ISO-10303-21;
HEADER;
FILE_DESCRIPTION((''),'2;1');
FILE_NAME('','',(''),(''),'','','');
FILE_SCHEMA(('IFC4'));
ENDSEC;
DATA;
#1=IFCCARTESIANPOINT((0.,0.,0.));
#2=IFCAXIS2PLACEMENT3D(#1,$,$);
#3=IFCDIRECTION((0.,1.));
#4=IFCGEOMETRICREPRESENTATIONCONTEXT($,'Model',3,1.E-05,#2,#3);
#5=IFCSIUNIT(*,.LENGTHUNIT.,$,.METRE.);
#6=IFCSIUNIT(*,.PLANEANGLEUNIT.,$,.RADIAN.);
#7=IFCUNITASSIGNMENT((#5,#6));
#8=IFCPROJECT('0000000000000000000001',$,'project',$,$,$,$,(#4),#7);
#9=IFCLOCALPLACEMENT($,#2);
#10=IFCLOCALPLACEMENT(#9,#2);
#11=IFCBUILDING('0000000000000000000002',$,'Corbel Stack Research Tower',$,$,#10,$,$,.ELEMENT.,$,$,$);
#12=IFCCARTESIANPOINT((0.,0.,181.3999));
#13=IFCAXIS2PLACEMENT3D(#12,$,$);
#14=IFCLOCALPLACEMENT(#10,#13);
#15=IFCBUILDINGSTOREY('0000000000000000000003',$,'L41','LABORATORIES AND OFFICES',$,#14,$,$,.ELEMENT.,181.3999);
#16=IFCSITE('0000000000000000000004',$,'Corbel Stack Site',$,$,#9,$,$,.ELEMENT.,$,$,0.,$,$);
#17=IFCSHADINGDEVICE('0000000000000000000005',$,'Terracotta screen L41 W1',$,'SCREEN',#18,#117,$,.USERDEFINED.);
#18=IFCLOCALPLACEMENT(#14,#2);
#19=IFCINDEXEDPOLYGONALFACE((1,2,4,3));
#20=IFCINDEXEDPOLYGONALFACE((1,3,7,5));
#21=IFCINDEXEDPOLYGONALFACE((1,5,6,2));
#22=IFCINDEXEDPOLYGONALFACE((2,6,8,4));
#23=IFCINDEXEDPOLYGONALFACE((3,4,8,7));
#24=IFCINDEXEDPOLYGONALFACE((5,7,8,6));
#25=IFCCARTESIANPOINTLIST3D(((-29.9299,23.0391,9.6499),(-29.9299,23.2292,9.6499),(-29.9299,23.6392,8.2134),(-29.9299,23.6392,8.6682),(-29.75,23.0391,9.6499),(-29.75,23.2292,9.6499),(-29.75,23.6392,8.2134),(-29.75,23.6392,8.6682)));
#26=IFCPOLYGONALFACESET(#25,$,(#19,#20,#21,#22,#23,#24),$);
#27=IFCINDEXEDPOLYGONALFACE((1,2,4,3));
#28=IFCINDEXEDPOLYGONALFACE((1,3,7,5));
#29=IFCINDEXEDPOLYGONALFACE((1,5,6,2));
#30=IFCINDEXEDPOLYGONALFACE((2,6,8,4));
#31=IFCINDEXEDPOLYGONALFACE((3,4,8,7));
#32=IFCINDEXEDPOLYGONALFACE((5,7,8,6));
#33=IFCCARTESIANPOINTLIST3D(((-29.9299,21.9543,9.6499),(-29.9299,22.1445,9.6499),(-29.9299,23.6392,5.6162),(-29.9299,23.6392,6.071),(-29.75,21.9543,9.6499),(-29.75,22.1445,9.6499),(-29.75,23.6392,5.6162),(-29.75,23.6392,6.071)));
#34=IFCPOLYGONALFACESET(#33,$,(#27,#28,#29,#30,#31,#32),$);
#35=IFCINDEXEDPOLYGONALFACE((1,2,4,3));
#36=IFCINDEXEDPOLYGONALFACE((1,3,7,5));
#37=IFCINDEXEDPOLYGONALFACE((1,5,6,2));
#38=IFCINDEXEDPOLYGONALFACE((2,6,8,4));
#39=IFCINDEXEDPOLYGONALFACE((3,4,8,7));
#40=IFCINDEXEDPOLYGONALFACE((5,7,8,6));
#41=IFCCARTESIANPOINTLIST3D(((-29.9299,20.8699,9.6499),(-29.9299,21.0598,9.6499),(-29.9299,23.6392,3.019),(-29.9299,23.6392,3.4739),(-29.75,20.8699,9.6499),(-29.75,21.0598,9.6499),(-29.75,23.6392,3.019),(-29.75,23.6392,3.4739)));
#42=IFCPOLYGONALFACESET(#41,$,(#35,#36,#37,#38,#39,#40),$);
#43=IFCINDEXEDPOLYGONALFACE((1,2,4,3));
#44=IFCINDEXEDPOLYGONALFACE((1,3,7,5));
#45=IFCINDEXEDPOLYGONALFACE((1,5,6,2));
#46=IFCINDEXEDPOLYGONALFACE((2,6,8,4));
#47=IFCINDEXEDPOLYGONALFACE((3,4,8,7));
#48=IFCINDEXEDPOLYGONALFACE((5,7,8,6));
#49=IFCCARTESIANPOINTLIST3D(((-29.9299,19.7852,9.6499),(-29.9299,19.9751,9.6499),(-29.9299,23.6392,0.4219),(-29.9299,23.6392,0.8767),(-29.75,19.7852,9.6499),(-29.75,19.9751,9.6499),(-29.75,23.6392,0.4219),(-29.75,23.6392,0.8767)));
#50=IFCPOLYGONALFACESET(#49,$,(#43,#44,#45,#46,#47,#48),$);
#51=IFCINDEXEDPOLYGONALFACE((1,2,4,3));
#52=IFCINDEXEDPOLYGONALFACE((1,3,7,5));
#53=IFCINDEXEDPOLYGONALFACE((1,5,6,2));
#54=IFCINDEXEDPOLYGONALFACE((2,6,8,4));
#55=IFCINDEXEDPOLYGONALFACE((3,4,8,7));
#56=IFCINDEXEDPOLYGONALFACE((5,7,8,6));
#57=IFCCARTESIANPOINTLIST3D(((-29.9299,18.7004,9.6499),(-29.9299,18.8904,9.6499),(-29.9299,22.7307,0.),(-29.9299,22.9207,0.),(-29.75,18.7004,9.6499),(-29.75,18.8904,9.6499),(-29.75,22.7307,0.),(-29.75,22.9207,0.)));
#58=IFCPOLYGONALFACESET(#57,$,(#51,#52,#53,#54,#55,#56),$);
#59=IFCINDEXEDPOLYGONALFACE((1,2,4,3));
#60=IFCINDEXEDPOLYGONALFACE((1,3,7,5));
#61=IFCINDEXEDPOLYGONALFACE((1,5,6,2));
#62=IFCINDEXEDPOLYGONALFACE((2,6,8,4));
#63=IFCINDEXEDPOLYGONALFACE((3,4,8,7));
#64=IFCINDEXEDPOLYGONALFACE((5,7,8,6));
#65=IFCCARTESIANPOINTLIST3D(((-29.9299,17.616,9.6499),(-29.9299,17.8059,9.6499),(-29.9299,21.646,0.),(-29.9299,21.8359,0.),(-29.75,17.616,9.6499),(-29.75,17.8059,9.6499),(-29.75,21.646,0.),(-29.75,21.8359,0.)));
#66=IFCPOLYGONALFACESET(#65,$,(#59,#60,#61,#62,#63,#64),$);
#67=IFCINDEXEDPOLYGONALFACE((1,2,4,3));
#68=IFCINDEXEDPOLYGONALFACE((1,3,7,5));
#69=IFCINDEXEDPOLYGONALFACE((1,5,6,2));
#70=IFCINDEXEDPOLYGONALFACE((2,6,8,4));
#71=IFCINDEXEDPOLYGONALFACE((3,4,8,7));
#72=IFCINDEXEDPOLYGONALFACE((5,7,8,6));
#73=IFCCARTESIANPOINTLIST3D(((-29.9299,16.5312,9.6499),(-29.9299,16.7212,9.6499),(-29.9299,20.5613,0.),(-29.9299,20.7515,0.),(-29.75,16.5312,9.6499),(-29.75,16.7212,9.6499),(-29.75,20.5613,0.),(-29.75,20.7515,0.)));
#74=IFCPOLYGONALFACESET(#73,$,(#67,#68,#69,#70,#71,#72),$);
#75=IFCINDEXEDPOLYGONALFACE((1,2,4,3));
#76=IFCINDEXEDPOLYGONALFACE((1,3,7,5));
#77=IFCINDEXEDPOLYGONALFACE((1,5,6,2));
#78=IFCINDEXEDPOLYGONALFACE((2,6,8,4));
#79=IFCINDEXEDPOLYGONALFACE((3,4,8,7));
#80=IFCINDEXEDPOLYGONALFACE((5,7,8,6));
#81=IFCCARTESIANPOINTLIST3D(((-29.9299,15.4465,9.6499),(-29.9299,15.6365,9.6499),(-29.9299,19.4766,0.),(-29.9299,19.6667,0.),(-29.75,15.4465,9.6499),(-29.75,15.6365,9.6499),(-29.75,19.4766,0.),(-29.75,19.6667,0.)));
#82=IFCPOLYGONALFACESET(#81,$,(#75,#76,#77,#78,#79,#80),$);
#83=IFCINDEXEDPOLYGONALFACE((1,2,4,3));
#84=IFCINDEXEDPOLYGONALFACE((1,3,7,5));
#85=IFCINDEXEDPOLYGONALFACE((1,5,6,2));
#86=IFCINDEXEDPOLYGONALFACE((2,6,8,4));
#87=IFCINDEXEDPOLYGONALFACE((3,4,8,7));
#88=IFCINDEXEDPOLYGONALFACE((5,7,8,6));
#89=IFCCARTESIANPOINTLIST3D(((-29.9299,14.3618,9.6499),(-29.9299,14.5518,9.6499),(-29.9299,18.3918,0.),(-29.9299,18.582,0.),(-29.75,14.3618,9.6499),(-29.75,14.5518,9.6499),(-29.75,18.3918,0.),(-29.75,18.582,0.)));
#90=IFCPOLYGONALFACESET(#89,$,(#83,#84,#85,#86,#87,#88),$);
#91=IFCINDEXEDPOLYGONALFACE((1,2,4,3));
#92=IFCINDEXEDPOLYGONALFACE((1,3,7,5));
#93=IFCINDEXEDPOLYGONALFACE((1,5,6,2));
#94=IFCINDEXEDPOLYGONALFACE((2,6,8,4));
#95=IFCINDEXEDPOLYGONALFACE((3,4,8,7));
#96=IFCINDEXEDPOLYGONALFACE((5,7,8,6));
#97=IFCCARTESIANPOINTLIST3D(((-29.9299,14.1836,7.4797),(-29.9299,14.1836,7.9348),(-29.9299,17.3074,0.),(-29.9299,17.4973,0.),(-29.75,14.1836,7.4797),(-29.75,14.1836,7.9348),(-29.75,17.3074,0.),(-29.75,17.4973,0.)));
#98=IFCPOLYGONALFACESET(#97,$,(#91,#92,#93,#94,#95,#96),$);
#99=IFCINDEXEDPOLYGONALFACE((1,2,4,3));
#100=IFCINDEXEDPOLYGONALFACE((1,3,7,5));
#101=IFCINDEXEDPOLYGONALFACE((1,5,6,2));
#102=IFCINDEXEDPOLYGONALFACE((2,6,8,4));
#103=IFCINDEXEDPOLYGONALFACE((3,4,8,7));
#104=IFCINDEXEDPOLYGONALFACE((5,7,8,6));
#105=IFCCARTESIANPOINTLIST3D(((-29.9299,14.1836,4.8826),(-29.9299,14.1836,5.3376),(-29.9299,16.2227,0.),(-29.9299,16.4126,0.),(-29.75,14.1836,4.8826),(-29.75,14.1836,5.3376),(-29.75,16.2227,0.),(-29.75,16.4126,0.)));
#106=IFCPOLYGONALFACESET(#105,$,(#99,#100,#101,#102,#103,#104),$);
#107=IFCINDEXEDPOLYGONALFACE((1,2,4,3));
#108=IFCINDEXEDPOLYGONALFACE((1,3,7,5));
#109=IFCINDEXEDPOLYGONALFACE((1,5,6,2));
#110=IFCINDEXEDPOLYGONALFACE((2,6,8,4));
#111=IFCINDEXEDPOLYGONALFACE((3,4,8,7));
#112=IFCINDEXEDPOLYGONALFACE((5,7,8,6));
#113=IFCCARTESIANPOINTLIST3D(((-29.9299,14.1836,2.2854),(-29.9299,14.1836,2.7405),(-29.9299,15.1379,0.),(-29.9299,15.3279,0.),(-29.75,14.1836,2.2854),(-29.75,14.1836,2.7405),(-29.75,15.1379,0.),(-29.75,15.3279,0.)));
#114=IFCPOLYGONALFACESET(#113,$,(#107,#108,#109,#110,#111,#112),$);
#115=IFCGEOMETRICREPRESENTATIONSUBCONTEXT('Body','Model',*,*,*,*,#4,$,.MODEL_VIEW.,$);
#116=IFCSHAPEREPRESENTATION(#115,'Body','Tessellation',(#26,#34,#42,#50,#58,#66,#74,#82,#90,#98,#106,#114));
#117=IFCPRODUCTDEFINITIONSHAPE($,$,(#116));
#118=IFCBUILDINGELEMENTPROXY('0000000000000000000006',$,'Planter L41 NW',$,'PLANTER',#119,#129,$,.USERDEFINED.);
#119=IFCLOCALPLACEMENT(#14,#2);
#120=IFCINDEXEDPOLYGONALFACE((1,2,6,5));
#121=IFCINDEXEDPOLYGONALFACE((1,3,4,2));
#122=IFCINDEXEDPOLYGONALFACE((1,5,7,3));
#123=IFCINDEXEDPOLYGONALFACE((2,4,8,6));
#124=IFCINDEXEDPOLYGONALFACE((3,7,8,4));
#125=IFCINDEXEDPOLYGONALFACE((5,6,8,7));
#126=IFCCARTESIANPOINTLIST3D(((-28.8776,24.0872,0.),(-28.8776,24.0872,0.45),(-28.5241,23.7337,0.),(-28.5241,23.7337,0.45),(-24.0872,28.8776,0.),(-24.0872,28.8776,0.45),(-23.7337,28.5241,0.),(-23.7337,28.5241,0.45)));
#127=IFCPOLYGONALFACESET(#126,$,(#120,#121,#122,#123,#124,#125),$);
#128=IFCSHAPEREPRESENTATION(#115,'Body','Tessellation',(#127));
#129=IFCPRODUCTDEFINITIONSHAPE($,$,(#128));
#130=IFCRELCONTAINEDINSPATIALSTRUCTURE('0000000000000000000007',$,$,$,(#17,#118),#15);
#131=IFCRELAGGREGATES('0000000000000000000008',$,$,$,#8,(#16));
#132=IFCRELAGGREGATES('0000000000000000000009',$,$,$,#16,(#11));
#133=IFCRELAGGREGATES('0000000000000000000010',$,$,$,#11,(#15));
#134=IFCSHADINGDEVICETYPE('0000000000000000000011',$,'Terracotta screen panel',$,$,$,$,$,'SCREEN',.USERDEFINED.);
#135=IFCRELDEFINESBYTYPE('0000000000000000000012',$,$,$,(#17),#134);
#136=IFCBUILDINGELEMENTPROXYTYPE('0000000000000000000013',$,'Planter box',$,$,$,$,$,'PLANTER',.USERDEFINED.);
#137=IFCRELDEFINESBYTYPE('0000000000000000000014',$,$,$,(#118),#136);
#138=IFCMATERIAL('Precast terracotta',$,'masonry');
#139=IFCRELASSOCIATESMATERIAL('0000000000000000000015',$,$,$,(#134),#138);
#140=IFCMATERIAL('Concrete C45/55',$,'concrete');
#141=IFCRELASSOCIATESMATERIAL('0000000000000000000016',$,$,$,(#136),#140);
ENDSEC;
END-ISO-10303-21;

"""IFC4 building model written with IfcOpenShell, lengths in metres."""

from ifc_helpers import new_model, si_unit, direction, frame, origin, origin_2d, place, context, subcontext, project, spatial, polyline, rectangle, outline, extrude, source, transform, mapped, material, type_object, element, save


model = new_model("IFC4")

# Units and contexts
model_context = context("Model", 3, precision=1e-05, world=origin(), true_north=direction((0.0, 1.0)))
body_context = subcontext(model_context, "Body", "Model", "MODEL_VIEW")
ifc_project = project(units=[si_unit("LENGTHUNIT", "METRE"), si_unit("PLANEANGLEUNIT", "RADIAN")], contexts=[model_context])

# Site, building, storey
site_placement = place(None, origin())
site = spatial("IfcSite", under=ifc_project, at=site_placement, Name="Corbel Stack Site", CompositionType="ELEMENT", RefElevation=0.0)
building_placement = place(site_placement, origin())
building = spatial("IfcBuilding", under=site, at=building_placement, Name="Corbel Stack Research Tower", CompositionType="ELEMENT")
storey_placement = place(building_placement, frame((0.0, 0.0, 181.3999)))
storey = spatial("IfcBuildingStorey", under=building, at=storey_placement, Name="L41", Description="LABORATORIES AND OFFICES", CompositionType="ELEMENT", Elevation=181.3999)

# Shading device
ifc_material_1 = material(Name="Precast terracotta", Category="masonry")
shading_device_type = type_object("IfcShadingDeviceType", Name="Terracotta screen panel", ElementType="SCREEN", PredefinedType="USERDEFINED", material=ifc_material_1)
shared_shape_1 = source(origin(), body_context, "Body", "SweptSolid", [
    extrude(outline(polyline([(0.6001, 9.6499), (0.4099, 9.6499), (0.0, 8.6682), (0.0, 8.2134), (0.6001, 9.6499)])), frame((0.0, 0.0, 0.0), z_axis=(0.0, -1.0, 0.0), x_axis=(1.0, 0.0, 0.0)), (0.0, 0.0, 1.0), 0.1799),
    extrude(outline(polyline([(1.6848, 9.6499), (1.4946, 9.6499), (0.0, 6.071), (0.0, 5.6162), (1.6848, 9.6499)])), frame((0.0, 0.0, 0.0), z_axis=(0.0, -1.0, 0.0), x_axis=(1.0, 0.0, 0.0)), (0.0, 0.0, 1.0), 0.1799),
    extrude(outline(polyline([(2.7693, 9.6499), (2.5793, 9.6499), (0.0, 3.4739), (0.0, 3.019), (2.7693, 9.6499)])), frame((0.0, 0.0, 0.0), z_axis=(0.0, -1.0, 0.0), x_axis=(1.0, 0.0, 0.0)), (0.0, 0.0, 1.0), 0.1799),
    extrude(outline(polyline([(3.854, 9.6499), (3.6641, 9.6499), (0.0, 0.8767), (0.0, 0.4219), (3.854, 9.6499)])), frame((0.0, 0.0, 0.0), z_axis=(0.0, -1.0, 0.0), x_axis=(1.0, 0.0, 0.0)), (0.0, 0.0, 1.0), 0.1799),
    extrude(outline(polyline([(0.9084, 0.0), (4.9387, 9.6499), (4.7488, 9.6499), (0.7185, 0.0), (0.9084, 0.0)])), frame((0.0, 0.0, 0.0), z_axis=(0.0, -1.0, 0.0), x_axis=(1.0, 0.0, 0.0)), (0.0, 0.0, 1.0), 0.1799),
    extrude(outline(polyline([(1.9932, 0.0), (6.0232, 9.6499), (5.8333, 9.6499), (1.8032, 0.0), (1.9932, 0.0)])), frame((0.0, 0.0, 0.0), z_axis=(0.0, -1.0, 0.0), x_axis=(1.0, 0.0, 0.0)), (0.0, 0.0, 1.0), 0.1799),
    extrude(outline(polyline([(3.0779, 0.0), (7.1079, 9.6499), (6.918, 9.6499), (2.8877, 0.0), (3.0779, 0.0)])), frame((0.0, 0.0, 0.0), z_axis=(0.0, -1.0, 0.0), x_axis=(1.0, 0.0, 0.0)), (0.0, 0.0, 1.0), 0.1799),
    extrude(outline(polyline([(4.1626, 0.0), (8.1926, 9.6499), (8.0027, 9.6499), (3.9724, 0.0), (4.1626, 0.0)])), frame((0.0, 0.0, 0.0), z_axis=(0.0, -1.0, 0.0), x_axis=(1.0, 0.0, 0.0)), (0.0, 0.0, 1.0), 0.1799),
    extrude(outline(polyline([(5.2473, 0.0), (9.2773, 9.6499), (9.0874, 9.6499), (5.0571, 0.0), (5.2473, 0.0)])), frame((0.0, 0.0, 0.0), z_axis=(0.0, -1.0, 0.0), x_axis=(1.0, 0.0, 0.0)), (0.0, 0.0, 1.0), 0.1799),
    extrude(outline(polyline([(6.3318, 0.0), (9.4556, 7.4797), (9.4556, 7.9348), (6.1418, 0.0), (6.3318, 0.0)])), frame((0.0, 0.0, 0.0), z_axis=(0.0, -1.0, 0.0), x_axis=(1.0, 0.0, 0.0)), (0.0, 0.0, 1.0), 0.1799),
    extrude(outline(polyline([(7.4165, 0.0), (9.4556, 4.8826), (9.4556, 5.3376), (7.2266, 0.0), (7.4165, 0.0)])), frame((0.0, 0.0, 0.0), z_axis=(0.0, -1.0, 0.0), x_axis=(1.0, 0.0, 0.0)), (0.0, 0.0, 1.0), 0.1799),
    extrude(outline(polyline([(8.5012, 0.0), (9.4556, 2.2854), (9.4556, 2.7405), (8.3113, 0.0), (8.5012, 0.0)])), frame((0.0, 0.0, 0.0), z_axis=(0.0, -1.0, 0.0), x_axis=(1.0, 0.0, 0.0)), (0.0, 0.0, 1.0), 0.1799),
])
shading_device_1_placement = place(storey_placement, frame((-29.75, 23.6392, 0.0), z_axis=(0.0, 0.0, 1.0), x_axis=(0.0, -1.0, 0.0)))
element("IfcShadingDevice", 1, at=shading_device_1_placement, inside=storey, type_object=shading_device_type, Name="Terracotta screen L41 W1", ObjectType="SCREEN", PredefinedType="USERDEFINED", context=body_context, shape_type="MappedRepresentation", body=[
    mapped(shared_shape_1, transform((0.0, 0.0, 0.0))),
])

# Building element proxy
ifc_material_2 = material(Name="Concrete C45/55", Category="concrete")
building_element_proxy_type = type_object("IfcBuildingElementProxyType", Name="Planter box", ElementType="PLANTER", PredefinedType="USERDEFINED", material=ifc_material_2)
proxy_placement = place(storey_placement, frame((-26.3057, 26.3057, 0.0), z_axis=(0.0, 0.0, 1.0), x_axis=(-0.707107, -0.707107, 0.0)))
element("IfcBuildingElementProxy", 2, at=proxy_placement, inside=storey, type_object=building_element_proxy_type, Name="Planter L41 NW", ObjectType="PLANTER", PredefinedType="USERDEFINED", context=body_context, shape_type="SweptSolid", body=[
    extrude(rectangle(XDim=6.7747, YDim=0.5, at=origin_2d()), origin(), (0.0, 0.0, 1.0), 0.45),
])

save(model, "model.ifc")
